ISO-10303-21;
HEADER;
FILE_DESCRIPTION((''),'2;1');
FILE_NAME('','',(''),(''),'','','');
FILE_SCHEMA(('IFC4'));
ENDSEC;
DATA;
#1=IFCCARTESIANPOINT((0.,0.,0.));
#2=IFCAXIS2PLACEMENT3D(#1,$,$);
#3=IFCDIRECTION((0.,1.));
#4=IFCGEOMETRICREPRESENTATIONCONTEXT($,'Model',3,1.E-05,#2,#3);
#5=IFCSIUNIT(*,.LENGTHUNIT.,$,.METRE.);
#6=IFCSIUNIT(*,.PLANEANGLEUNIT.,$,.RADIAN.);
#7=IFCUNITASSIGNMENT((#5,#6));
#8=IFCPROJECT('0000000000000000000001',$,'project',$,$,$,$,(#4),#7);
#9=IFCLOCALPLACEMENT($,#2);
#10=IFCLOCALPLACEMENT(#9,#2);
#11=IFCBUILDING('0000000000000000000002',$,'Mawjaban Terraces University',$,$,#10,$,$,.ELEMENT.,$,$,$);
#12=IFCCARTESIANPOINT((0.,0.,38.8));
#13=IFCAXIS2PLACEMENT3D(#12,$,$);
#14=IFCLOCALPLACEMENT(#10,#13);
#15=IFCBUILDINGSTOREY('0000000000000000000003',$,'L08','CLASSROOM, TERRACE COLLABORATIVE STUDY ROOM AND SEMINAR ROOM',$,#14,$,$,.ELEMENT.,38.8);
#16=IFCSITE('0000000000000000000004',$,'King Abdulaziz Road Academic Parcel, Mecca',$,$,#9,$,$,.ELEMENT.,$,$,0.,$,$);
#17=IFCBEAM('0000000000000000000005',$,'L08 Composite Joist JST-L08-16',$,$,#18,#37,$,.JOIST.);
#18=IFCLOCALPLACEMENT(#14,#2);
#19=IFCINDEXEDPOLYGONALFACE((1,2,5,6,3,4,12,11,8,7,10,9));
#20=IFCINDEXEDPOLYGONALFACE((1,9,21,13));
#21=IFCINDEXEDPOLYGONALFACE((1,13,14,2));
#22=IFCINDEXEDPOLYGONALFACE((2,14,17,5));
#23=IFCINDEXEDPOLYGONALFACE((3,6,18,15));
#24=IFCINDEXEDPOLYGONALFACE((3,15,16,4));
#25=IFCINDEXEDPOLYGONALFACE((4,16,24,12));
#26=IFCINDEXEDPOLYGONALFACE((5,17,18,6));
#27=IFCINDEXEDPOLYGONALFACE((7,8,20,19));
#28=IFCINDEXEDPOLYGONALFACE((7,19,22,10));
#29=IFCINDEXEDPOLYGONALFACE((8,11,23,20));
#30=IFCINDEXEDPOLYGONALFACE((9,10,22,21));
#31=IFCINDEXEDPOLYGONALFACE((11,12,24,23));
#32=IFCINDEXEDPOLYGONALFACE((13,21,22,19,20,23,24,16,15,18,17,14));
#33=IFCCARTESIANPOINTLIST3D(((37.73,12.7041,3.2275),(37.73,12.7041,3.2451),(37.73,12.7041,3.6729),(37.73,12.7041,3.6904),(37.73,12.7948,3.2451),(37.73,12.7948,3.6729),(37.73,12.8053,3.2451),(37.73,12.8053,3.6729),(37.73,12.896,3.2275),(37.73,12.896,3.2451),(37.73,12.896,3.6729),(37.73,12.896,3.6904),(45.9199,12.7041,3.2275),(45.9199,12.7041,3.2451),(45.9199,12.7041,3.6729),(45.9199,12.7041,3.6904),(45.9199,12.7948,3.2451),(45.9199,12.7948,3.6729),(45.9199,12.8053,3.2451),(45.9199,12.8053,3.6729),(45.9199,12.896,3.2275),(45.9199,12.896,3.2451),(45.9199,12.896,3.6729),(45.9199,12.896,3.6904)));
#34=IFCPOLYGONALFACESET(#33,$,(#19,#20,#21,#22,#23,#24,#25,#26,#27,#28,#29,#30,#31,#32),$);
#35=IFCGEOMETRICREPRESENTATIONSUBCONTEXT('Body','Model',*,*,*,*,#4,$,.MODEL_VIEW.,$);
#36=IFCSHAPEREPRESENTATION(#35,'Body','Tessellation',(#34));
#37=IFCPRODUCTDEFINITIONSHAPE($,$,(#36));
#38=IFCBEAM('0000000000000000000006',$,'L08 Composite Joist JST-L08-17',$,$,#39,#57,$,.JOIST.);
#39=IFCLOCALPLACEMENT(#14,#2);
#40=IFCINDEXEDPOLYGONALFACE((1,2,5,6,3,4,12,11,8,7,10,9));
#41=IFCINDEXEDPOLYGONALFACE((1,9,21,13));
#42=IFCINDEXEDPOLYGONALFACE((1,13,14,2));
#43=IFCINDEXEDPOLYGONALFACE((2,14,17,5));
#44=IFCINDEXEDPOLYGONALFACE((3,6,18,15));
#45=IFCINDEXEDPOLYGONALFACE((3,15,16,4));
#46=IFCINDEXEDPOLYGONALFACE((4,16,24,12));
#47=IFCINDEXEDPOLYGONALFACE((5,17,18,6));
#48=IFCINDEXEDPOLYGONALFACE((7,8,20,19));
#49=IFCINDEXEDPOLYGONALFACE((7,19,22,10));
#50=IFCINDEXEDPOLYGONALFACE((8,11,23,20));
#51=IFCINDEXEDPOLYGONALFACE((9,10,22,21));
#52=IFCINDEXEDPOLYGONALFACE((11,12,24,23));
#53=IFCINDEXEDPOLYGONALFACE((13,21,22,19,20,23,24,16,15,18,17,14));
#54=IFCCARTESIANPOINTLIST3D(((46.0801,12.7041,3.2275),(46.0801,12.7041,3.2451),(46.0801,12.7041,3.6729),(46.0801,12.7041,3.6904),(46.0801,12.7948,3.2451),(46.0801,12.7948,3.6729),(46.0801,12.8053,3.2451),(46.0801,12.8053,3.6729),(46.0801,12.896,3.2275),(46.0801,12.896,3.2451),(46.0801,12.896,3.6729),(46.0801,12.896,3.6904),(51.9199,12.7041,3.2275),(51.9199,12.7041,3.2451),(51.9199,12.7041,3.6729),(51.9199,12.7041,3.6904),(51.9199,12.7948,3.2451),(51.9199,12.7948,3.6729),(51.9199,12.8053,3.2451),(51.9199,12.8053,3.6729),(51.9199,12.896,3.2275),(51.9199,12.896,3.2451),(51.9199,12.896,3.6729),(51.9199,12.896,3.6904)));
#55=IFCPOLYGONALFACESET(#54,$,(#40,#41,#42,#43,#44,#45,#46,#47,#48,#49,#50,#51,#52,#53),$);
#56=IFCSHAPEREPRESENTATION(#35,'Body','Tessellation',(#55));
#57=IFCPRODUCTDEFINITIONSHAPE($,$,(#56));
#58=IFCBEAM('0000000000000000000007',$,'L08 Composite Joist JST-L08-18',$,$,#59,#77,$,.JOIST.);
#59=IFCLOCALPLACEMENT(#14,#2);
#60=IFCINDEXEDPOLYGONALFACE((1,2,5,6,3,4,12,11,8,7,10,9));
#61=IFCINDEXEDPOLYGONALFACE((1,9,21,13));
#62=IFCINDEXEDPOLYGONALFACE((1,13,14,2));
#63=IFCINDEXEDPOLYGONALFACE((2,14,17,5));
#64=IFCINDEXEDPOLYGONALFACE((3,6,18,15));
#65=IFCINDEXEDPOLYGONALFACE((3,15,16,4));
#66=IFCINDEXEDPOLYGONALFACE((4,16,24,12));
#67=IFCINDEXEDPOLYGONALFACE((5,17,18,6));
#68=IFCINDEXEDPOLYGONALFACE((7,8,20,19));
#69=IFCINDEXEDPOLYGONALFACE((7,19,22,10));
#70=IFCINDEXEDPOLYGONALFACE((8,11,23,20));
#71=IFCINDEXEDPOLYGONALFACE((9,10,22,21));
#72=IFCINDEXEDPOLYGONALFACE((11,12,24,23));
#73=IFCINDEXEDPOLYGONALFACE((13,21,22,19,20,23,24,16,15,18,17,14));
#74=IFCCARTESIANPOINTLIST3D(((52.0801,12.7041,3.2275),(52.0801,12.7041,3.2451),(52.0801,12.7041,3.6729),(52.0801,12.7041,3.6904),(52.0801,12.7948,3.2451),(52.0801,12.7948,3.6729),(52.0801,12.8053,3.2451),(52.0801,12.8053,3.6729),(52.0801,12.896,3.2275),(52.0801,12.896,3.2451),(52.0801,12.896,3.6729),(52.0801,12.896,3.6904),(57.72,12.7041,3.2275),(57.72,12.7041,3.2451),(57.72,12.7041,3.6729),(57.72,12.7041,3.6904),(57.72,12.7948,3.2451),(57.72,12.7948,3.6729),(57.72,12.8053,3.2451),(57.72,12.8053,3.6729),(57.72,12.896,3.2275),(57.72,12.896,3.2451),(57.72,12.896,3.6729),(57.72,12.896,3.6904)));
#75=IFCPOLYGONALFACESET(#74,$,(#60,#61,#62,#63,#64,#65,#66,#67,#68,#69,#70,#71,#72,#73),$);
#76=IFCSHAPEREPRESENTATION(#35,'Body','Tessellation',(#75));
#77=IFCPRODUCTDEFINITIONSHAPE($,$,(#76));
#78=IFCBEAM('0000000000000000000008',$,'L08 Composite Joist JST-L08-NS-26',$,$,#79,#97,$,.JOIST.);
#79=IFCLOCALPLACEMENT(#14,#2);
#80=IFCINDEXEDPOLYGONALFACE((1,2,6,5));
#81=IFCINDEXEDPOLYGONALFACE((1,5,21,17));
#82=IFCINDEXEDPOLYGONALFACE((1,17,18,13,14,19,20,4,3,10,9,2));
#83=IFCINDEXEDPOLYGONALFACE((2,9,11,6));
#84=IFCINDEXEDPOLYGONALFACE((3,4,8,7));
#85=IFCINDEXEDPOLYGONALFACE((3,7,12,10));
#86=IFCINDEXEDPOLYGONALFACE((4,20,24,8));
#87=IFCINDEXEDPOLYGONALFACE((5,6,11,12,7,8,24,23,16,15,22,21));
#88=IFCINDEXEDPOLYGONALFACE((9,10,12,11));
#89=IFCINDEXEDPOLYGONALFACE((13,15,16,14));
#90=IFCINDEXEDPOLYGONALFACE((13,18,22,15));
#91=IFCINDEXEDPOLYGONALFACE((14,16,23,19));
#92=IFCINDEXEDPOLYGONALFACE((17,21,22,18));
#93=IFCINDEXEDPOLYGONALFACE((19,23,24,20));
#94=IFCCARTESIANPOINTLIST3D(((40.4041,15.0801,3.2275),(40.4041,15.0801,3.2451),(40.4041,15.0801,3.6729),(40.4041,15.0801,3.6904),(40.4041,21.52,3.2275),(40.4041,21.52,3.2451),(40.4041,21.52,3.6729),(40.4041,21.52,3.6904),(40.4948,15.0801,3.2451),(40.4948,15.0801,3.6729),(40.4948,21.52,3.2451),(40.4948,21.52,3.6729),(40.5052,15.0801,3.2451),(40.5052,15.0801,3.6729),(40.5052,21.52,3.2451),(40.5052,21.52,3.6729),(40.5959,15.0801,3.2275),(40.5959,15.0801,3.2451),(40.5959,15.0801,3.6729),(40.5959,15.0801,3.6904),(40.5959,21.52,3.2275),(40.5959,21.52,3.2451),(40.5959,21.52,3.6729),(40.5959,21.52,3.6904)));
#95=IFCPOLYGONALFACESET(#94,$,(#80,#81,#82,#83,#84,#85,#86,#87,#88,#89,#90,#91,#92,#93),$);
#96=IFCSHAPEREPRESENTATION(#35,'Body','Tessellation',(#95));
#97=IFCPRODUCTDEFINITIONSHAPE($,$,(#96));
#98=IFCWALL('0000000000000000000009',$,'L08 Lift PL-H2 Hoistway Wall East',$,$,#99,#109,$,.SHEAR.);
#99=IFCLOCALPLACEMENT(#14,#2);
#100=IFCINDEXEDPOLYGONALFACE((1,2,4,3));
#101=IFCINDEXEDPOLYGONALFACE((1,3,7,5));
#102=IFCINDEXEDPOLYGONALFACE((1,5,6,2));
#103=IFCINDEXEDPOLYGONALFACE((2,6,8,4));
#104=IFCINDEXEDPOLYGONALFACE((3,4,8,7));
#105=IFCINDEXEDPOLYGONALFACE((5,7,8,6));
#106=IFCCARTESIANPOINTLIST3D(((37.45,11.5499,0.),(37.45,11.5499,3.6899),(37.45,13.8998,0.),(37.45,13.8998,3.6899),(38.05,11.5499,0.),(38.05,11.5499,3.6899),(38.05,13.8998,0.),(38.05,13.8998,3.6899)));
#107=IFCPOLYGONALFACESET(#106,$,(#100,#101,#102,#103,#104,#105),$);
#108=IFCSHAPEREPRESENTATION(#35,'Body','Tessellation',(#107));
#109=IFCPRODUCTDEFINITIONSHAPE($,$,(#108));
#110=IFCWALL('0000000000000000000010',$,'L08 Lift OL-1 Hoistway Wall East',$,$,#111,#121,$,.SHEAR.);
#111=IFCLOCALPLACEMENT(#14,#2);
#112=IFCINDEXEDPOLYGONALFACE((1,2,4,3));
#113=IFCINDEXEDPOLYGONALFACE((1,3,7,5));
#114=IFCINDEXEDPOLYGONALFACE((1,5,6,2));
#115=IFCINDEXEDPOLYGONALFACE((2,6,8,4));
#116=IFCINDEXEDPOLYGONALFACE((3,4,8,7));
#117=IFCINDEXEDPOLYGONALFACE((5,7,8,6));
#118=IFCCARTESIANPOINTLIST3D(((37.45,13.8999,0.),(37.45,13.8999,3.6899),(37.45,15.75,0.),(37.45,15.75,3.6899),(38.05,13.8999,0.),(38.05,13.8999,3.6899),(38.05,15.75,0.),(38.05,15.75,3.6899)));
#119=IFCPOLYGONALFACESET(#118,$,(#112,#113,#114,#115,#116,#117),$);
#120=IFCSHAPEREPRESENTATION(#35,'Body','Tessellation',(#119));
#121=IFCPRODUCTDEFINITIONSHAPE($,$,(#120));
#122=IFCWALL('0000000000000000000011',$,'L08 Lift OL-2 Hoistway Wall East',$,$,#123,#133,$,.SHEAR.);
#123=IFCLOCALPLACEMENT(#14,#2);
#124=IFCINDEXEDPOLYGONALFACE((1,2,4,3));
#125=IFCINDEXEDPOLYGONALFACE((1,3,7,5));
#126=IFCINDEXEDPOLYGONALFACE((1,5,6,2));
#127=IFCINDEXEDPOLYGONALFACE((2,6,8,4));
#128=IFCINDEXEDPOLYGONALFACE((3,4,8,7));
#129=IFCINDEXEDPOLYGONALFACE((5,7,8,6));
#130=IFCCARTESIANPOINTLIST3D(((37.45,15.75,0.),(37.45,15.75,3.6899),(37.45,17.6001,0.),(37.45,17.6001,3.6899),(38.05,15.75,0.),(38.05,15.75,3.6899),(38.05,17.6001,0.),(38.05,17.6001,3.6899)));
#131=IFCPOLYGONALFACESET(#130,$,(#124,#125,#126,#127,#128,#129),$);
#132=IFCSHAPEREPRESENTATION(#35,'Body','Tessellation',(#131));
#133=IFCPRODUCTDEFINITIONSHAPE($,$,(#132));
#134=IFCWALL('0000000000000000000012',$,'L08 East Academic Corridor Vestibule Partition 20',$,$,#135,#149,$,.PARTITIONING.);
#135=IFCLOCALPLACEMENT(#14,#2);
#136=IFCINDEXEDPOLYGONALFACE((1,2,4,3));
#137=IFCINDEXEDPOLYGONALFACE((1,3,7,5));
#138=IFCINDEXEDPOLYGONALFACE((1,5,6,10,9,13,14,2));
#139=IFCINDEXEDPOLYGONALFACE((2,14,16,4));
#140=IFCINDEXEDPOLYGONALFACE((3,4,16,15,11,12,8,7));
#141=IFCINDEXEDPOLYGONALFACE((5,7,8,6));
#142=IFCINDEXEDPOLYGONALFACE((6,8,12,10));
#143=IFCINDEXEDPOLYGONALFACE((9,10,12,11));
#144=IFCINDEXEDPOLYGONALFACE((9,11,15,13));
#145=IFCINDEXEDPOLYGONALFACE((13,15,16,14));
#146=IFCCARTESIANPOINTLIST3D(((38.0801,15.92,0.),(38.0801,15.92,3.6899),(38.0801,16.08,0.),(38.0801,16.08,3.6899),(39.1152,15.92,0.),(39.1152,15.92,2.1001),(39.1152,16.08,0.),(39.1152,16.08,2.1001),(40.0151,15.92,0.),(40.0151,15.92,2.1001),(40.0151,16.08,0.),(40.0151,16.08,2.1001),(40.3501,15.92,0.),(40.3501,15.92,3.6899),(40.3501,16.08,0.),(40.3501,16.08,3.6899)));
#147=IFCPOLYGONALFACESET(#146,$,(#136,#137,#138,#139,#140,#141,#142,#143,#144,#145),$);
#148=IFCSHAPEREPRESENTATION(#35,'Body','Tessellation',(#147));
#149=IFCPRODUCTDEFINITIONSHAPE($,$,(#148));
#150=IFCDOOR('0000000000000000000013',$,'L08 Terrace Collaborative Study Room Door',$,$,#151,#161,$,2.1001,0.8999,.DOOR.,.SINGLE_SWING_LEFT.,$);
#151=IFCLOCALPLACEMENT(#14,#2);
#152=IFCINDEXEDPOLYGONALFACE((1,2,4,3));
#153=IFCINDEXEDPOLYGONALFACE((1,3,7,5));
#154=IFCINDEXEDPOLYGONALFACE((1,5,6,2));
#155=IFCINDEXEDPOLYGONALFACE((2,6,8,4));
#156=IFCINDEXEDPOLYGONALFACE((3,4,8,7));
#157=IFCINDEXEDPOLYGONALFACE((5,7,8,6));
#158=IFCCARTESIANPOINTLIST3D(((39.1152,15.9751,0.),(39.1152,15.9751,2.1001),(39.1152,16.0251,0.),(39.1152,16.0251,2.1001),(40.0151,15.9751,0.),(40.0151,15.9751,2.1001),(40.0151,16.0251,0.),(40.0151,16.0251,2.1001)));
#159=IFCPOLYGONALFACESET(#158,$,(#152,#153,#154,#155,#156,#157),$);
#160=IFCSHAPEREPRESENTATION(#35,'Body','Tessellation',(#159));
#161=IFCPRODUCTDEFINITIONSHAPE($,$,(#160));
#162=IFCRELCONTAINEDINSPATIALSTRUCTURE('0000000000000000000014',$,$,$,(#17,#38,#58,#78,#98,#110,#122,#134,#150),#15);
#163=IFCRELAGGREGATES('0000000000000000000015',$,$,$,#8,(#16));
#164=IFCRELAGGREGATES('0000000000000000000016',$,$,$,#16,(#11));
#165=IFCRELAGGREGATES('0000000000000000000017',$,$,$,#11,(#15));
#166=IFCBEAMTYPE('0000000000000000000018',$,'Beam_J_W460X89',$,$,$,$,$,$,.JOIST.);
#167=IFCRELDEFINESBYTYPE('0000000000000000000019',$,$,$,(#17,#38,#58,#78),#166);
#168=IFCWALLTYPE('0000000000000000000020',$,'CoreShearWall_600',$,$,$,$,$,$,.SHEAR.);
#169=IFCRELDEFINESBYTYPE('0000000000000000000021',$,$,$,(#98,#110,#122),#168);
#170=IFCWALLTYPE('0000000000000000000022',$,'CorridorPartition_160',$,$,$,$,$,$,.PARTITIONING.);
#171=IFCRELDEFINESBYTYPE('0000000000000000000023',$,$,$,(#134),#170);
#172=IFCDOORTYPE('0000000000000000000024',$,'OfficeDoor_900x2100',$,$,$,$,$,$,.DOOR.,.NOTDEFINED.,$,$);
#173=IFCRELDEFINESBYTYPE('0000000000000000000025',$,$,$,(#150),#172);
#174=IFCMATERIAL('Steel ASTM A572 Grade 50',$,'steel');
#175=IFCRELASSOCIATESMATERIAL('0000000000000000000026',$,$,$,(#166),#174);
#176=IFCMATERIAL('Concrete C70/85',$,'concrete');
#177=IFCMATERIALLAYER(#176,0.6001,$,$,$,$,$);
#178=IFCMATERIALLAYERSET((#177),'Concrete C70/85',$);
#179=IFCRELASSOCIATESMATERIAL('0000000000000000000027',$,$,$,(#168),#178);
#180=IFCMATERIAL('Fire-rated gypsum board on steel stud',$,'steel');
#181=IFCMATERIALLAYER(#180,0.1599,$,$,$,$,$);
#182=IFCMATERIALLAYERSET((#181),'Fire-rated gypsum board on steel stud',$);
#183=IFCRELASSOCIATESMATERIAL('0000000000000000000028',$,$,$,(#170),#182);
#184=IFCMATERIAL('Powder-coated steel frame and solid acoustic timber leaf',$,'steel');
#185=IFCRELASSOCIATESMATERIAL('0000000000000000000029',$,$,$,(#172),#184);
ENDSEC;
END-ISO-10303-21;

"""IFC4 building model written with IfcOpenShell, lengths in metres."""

from ifc_helpers import new_model, si_unit, direction, frame, frame_2d, origin, origin_2d, place, context, subcontext, project, spatial, rectangle, i_section, extrude, material, layer, layer_set, material_profile, profile_set, type_object, element, fill, save


model = new_model("IFC4")

# Units and contexts
model_context = context("Model", 3, precision=1e-05, world=origin(), true_north=direction((0.0, 1.0)))
body_context = subcontext(model_context, "Body", "Model", "MODEL_VIEW")
ifc_project = project(units=[si_unit("LENGTHUNIT", "METRE"), si_unit("PLANEANGLEUNIT", "RADIAN")], contexts=[model_context])

# Site, building, storey
site_placement = place(None, origin())
site = spatial("IfcSite", under=ifc_project, at=site_placement, Name="King Abdulaziz Road Academic Parcel, Mecca", CompositionType="ELEMENT", RefElevation=0.0)
building_placement = place(site_placement, origin())
building = spatial("IfcBuilding", under=site, at=building_placement, Name="Mawjaban Terraces University", CompositionType="ELEMENT")
storey_placement = place(building_placement, frame((0.0, 0.0, 38.8)))
storey = spatial("IfcBuildingStorey", under=building, at=storey_placement, Name="L08", Description="CLASSROOM, TERRACE COLLABORATIVE STUDY ROOM AND SEMINAR ROOM", CompositionType="ELEMENT", Elevation=38.8)

# Shared definitions
ifc_material_1 = material(Name="Concrete C70/85", Category="concrete")

# Beams
ifc_material_2 = material(Name="Steel ASTM A572 Grade 50", Category="steel")
ifc_material_profile_1 = material_profile(ifc_material_2, i_section(OverallWidth=0.1919, OverallDepth=0.4629, WebThickness=0.0105, FlangeThickness=0.0176, at=origin_2d()), Name="W460X89")
ifc_profile_set_1 = profile_set([ifc_material_profile_1], Name="Steel ASTM A572 Grade 50")
beam_type_1 = type_object("IfcBeamType", Name="Beam_J_W460X89", PredefinedType="JOIST", material=ifc_profile_set_1)
beam_1_placement = place(storey_placement, frame((37.73, 12.8, 3.459), z_axis=(1.0, 0.0, 0.0), x_axis=(0.0, 1.0, 0.0)))
element("IfcBeam", 1, at=beam_1_placement, inside=storey, type_object=beam_type_1, Name="L08 Composite Joist JST-L08-16", PredefinedType="JOIST", context=body_context, shape_type="SweptSolid", body=[
    extrude(i_section(OverallWidth=0.1919, OverallDepth=0.4629, WebThickness=0.0105, FlangeThickness=0.0176, at=origin_2d()), origin(), (0.0, 0.0, 1.0), 8.1899),
])
beam_2_placement = place(storey_placement, frame((46.0801, 12.8, 3.459), z_axis=(1.0, 0.0, 0.0), x_axis=(0.0, 1.0, 0.0)))
element("IfcBeam", 2, at=beam_2_placement, inside=storey, type_object=beam_type_1, Name="L08 Composite Joist JST-L08-17", PredefinedType="JOIST", context=body_context, shape_type="SweptSolid", body=[
    extrude(i_section(OverallWidth=0.1919, OverallDepth=0.4629, WebThickness=0.0105, FlangeThickness=0.0176, at=origin_2d()), origin(), (0.0, 0.0, 1.0), 5.8398),
])
beam_3_placement = place(storey_placement, frame((52.0801, 12.8, 3.459), z_axis=(1.0, 0.0, 0.0), x_axis=(0.0, 1.0, 0.0)))
element("IfcBeam", 3, at=beam_3_placement, inside=storey, type_object=beam_type_1, Name="L08 Composite Joist JST-L08-18", PredefinedType="JOIST", context=body_context, shape_type="SweptSolid", body=[
    extrude(i_section(OverallWidth=0.1919, OverallDepth=0.4629, WebThickness=0.0105, FlangeThickness=0.0176, at=origin_2d()), origin(), (0.0, 0.0, 1.0), 5.6399),
])
beam_4_placement = place(storey_placement, frame((40.5, 15.0801, 3.459), z_axis=(0.0, 1.0, 0.0), x_axis=(-1.0, 0.0, 0.0)))
element("IfcBeam", 4, at=beam_4_placement, inside=storey, type_object=beam_type_1, Name="L08 Composite Joist JST-L08-NS-26", PredefinedType="JOIST", context=body_context, shape_type="SweptSolid", body=[
    extrude(i_section(OverallWidth=0.1919, OverallDepth=0.4629, WebThickness=0.0105, FlangeThickness=0.0176, at=origin_2d()), origin(), (0.0, 0.0, 1.0), 6.4399),
])

# Walls
ifc_layer_1 = layer(ifc_material_1, 0.6001)
ifc_layer_set_1 = layer_set([ifc_layer_1], Name="Concrete C70/85")
wall_type_1 = type_object("IfcWallType", Name="CoreShearWall_600", PredefinedType="SHEAR", material=ifc_layer_set_1)
wall_1_placement = place(storey_placement, frame((37.75, 11.55, 0.0), z_axis=(0.0, 0.0, 1.0), x_axis=(0.0, 1.0, 0.0)))
element("IfcWall", 5, at=wall_1_placement, inside=storey, type_object=wall_type_1, Name="L08 Lift PL-H2 Hoistway Wall East", PredefinedType="SHEAR", context=body_context, shape_type="SweptSolid", body=[
    extrude(rectangle(XDim=2.3499, YDim=0.6001, at=frame_2d((1.1748, 0.0))), origin(), (0.0, 0.0, 1.0), 3.6899),
])
for number, where, z_axis, x_axis, name in (
    (6, (37.75, 13.8999, 0.0), (0.0, 0.0, 1.0), (0.0, 1.0, 0.0), "L08 Lift OL-1 Hoistway Wall East"),
    (7, (37.75, 15.75, 0.0), (0.0, 0.0, 1.0), (0.0, 1.0, 0.0), "L08 Lift OL-2 Hoistway Wall East"),
):
    element("IfcWall", number, at=place(storey_placement, frame(where, z_axis=z_axis, x_axis=x_axis)), inside=storey, type_object=wall_type_1, Name=name, PredefinedType="SHEAR", context=body_context, shape_type="SweptSolid", body=[
        extrude(rectangle(XDim=1.8501, YDim=0.6001, at=frame_2d((0.925, 0.0))), origin(), (0.0, 0.0, 1.0), 3.6899),
    ])

# Wall, opening, door
ifc_material_3 = material(Name="Fire-rated gypsum board on steel stud", Category="steel")
ifc_layer_2 = layer(ifc_material_3, 0.1599)
ifc_layer_set_2 = layer_set([ifc_layer_2], Name="Fire-rated gypsum board on steel stud")
wall_type_2 = type_object("IfcWallType", Name="CorridorPartition_160", PredefinedType="PARTITIONING", material=ifc_layer_set_2)
wall_2_placement = place(storey_placement, frame((40.3501, 16.0, 0.0), z_axis=(0.0, 0.0, 1.0), x_axis=(-1.0, 0.0, 0.0)))
wall_2 = element("IfcWall", 8, at=wall_2_placement, inside=storey, type_object=wall_type_2, Name="L08 East Academic Corridor Vestibule Partition 20", PredefinedType="PARTITIONING", context=body_context, shape_type="SweptSolid", body=[
    extrude(rectangle(XDim=2.27, YDim=0.1599, at=frame_2d((1.135, 0.0))), origin(), (0.0, 0.0, 1.0), 3.6899),
])
opening_1_placement = place(wall_2_placement, frame((0.335, 0.0, 0.0)))
opening_1 = element("IfcOpeningElement", 9, at=opening_1_placement, cuts=wall_2, PredefinedType="OPENING", context=body_context, shape_type="SweptSolid", body=[
    extrude(rectangle(XDim=0.8999, YDim=2.1001, at=frame_2d((0.45, 1.05))), frame((0.0, 0.0898, 0.0), z_axis=(0.0, -1.0, 0.0), x_axis=(1.0, 0.0, 0.0)), (0.0, 0.0, 1.0), 0.1799),
])
ifc_material_4 = material(Name="Powder-coated steel frame and solid acoustic timber leaf", Category="steel")
door_type = type_object("IfcDoorType", Name="OfficeDoor_900x2100", OperationType="NOTDEFINED", PredefinedType="DOOR", material=ifc_material_4)
door_placement = place(opening_1_placement, origin())
door = element("IfcDoor", 10, at=door_placement, inside=storey, type_object=door_type, Name="L08 Terrace Collaborative Study Room Door", OperationType="SINGLE_SWING_LEFT", OverallHeight=2.1001, OverallWidth=0.8999, PredefinedType="DOOR", context=body_context, shape_type="SweptSolid", body=[
    extrude(rectangle(XDim=0.8999, YDim=2.1001, at=frame_2d((0.45, 1.05))), frame((0.0, 0.0249, 0.0), z_axis=(0.0, -1.0, 0.0), x_axis=(1.0, 0.0, 0.0)), (0.0, 0.0, 1.0), 0.05),
])
fill(opening_1, door)

save(model, "model.ifc")
